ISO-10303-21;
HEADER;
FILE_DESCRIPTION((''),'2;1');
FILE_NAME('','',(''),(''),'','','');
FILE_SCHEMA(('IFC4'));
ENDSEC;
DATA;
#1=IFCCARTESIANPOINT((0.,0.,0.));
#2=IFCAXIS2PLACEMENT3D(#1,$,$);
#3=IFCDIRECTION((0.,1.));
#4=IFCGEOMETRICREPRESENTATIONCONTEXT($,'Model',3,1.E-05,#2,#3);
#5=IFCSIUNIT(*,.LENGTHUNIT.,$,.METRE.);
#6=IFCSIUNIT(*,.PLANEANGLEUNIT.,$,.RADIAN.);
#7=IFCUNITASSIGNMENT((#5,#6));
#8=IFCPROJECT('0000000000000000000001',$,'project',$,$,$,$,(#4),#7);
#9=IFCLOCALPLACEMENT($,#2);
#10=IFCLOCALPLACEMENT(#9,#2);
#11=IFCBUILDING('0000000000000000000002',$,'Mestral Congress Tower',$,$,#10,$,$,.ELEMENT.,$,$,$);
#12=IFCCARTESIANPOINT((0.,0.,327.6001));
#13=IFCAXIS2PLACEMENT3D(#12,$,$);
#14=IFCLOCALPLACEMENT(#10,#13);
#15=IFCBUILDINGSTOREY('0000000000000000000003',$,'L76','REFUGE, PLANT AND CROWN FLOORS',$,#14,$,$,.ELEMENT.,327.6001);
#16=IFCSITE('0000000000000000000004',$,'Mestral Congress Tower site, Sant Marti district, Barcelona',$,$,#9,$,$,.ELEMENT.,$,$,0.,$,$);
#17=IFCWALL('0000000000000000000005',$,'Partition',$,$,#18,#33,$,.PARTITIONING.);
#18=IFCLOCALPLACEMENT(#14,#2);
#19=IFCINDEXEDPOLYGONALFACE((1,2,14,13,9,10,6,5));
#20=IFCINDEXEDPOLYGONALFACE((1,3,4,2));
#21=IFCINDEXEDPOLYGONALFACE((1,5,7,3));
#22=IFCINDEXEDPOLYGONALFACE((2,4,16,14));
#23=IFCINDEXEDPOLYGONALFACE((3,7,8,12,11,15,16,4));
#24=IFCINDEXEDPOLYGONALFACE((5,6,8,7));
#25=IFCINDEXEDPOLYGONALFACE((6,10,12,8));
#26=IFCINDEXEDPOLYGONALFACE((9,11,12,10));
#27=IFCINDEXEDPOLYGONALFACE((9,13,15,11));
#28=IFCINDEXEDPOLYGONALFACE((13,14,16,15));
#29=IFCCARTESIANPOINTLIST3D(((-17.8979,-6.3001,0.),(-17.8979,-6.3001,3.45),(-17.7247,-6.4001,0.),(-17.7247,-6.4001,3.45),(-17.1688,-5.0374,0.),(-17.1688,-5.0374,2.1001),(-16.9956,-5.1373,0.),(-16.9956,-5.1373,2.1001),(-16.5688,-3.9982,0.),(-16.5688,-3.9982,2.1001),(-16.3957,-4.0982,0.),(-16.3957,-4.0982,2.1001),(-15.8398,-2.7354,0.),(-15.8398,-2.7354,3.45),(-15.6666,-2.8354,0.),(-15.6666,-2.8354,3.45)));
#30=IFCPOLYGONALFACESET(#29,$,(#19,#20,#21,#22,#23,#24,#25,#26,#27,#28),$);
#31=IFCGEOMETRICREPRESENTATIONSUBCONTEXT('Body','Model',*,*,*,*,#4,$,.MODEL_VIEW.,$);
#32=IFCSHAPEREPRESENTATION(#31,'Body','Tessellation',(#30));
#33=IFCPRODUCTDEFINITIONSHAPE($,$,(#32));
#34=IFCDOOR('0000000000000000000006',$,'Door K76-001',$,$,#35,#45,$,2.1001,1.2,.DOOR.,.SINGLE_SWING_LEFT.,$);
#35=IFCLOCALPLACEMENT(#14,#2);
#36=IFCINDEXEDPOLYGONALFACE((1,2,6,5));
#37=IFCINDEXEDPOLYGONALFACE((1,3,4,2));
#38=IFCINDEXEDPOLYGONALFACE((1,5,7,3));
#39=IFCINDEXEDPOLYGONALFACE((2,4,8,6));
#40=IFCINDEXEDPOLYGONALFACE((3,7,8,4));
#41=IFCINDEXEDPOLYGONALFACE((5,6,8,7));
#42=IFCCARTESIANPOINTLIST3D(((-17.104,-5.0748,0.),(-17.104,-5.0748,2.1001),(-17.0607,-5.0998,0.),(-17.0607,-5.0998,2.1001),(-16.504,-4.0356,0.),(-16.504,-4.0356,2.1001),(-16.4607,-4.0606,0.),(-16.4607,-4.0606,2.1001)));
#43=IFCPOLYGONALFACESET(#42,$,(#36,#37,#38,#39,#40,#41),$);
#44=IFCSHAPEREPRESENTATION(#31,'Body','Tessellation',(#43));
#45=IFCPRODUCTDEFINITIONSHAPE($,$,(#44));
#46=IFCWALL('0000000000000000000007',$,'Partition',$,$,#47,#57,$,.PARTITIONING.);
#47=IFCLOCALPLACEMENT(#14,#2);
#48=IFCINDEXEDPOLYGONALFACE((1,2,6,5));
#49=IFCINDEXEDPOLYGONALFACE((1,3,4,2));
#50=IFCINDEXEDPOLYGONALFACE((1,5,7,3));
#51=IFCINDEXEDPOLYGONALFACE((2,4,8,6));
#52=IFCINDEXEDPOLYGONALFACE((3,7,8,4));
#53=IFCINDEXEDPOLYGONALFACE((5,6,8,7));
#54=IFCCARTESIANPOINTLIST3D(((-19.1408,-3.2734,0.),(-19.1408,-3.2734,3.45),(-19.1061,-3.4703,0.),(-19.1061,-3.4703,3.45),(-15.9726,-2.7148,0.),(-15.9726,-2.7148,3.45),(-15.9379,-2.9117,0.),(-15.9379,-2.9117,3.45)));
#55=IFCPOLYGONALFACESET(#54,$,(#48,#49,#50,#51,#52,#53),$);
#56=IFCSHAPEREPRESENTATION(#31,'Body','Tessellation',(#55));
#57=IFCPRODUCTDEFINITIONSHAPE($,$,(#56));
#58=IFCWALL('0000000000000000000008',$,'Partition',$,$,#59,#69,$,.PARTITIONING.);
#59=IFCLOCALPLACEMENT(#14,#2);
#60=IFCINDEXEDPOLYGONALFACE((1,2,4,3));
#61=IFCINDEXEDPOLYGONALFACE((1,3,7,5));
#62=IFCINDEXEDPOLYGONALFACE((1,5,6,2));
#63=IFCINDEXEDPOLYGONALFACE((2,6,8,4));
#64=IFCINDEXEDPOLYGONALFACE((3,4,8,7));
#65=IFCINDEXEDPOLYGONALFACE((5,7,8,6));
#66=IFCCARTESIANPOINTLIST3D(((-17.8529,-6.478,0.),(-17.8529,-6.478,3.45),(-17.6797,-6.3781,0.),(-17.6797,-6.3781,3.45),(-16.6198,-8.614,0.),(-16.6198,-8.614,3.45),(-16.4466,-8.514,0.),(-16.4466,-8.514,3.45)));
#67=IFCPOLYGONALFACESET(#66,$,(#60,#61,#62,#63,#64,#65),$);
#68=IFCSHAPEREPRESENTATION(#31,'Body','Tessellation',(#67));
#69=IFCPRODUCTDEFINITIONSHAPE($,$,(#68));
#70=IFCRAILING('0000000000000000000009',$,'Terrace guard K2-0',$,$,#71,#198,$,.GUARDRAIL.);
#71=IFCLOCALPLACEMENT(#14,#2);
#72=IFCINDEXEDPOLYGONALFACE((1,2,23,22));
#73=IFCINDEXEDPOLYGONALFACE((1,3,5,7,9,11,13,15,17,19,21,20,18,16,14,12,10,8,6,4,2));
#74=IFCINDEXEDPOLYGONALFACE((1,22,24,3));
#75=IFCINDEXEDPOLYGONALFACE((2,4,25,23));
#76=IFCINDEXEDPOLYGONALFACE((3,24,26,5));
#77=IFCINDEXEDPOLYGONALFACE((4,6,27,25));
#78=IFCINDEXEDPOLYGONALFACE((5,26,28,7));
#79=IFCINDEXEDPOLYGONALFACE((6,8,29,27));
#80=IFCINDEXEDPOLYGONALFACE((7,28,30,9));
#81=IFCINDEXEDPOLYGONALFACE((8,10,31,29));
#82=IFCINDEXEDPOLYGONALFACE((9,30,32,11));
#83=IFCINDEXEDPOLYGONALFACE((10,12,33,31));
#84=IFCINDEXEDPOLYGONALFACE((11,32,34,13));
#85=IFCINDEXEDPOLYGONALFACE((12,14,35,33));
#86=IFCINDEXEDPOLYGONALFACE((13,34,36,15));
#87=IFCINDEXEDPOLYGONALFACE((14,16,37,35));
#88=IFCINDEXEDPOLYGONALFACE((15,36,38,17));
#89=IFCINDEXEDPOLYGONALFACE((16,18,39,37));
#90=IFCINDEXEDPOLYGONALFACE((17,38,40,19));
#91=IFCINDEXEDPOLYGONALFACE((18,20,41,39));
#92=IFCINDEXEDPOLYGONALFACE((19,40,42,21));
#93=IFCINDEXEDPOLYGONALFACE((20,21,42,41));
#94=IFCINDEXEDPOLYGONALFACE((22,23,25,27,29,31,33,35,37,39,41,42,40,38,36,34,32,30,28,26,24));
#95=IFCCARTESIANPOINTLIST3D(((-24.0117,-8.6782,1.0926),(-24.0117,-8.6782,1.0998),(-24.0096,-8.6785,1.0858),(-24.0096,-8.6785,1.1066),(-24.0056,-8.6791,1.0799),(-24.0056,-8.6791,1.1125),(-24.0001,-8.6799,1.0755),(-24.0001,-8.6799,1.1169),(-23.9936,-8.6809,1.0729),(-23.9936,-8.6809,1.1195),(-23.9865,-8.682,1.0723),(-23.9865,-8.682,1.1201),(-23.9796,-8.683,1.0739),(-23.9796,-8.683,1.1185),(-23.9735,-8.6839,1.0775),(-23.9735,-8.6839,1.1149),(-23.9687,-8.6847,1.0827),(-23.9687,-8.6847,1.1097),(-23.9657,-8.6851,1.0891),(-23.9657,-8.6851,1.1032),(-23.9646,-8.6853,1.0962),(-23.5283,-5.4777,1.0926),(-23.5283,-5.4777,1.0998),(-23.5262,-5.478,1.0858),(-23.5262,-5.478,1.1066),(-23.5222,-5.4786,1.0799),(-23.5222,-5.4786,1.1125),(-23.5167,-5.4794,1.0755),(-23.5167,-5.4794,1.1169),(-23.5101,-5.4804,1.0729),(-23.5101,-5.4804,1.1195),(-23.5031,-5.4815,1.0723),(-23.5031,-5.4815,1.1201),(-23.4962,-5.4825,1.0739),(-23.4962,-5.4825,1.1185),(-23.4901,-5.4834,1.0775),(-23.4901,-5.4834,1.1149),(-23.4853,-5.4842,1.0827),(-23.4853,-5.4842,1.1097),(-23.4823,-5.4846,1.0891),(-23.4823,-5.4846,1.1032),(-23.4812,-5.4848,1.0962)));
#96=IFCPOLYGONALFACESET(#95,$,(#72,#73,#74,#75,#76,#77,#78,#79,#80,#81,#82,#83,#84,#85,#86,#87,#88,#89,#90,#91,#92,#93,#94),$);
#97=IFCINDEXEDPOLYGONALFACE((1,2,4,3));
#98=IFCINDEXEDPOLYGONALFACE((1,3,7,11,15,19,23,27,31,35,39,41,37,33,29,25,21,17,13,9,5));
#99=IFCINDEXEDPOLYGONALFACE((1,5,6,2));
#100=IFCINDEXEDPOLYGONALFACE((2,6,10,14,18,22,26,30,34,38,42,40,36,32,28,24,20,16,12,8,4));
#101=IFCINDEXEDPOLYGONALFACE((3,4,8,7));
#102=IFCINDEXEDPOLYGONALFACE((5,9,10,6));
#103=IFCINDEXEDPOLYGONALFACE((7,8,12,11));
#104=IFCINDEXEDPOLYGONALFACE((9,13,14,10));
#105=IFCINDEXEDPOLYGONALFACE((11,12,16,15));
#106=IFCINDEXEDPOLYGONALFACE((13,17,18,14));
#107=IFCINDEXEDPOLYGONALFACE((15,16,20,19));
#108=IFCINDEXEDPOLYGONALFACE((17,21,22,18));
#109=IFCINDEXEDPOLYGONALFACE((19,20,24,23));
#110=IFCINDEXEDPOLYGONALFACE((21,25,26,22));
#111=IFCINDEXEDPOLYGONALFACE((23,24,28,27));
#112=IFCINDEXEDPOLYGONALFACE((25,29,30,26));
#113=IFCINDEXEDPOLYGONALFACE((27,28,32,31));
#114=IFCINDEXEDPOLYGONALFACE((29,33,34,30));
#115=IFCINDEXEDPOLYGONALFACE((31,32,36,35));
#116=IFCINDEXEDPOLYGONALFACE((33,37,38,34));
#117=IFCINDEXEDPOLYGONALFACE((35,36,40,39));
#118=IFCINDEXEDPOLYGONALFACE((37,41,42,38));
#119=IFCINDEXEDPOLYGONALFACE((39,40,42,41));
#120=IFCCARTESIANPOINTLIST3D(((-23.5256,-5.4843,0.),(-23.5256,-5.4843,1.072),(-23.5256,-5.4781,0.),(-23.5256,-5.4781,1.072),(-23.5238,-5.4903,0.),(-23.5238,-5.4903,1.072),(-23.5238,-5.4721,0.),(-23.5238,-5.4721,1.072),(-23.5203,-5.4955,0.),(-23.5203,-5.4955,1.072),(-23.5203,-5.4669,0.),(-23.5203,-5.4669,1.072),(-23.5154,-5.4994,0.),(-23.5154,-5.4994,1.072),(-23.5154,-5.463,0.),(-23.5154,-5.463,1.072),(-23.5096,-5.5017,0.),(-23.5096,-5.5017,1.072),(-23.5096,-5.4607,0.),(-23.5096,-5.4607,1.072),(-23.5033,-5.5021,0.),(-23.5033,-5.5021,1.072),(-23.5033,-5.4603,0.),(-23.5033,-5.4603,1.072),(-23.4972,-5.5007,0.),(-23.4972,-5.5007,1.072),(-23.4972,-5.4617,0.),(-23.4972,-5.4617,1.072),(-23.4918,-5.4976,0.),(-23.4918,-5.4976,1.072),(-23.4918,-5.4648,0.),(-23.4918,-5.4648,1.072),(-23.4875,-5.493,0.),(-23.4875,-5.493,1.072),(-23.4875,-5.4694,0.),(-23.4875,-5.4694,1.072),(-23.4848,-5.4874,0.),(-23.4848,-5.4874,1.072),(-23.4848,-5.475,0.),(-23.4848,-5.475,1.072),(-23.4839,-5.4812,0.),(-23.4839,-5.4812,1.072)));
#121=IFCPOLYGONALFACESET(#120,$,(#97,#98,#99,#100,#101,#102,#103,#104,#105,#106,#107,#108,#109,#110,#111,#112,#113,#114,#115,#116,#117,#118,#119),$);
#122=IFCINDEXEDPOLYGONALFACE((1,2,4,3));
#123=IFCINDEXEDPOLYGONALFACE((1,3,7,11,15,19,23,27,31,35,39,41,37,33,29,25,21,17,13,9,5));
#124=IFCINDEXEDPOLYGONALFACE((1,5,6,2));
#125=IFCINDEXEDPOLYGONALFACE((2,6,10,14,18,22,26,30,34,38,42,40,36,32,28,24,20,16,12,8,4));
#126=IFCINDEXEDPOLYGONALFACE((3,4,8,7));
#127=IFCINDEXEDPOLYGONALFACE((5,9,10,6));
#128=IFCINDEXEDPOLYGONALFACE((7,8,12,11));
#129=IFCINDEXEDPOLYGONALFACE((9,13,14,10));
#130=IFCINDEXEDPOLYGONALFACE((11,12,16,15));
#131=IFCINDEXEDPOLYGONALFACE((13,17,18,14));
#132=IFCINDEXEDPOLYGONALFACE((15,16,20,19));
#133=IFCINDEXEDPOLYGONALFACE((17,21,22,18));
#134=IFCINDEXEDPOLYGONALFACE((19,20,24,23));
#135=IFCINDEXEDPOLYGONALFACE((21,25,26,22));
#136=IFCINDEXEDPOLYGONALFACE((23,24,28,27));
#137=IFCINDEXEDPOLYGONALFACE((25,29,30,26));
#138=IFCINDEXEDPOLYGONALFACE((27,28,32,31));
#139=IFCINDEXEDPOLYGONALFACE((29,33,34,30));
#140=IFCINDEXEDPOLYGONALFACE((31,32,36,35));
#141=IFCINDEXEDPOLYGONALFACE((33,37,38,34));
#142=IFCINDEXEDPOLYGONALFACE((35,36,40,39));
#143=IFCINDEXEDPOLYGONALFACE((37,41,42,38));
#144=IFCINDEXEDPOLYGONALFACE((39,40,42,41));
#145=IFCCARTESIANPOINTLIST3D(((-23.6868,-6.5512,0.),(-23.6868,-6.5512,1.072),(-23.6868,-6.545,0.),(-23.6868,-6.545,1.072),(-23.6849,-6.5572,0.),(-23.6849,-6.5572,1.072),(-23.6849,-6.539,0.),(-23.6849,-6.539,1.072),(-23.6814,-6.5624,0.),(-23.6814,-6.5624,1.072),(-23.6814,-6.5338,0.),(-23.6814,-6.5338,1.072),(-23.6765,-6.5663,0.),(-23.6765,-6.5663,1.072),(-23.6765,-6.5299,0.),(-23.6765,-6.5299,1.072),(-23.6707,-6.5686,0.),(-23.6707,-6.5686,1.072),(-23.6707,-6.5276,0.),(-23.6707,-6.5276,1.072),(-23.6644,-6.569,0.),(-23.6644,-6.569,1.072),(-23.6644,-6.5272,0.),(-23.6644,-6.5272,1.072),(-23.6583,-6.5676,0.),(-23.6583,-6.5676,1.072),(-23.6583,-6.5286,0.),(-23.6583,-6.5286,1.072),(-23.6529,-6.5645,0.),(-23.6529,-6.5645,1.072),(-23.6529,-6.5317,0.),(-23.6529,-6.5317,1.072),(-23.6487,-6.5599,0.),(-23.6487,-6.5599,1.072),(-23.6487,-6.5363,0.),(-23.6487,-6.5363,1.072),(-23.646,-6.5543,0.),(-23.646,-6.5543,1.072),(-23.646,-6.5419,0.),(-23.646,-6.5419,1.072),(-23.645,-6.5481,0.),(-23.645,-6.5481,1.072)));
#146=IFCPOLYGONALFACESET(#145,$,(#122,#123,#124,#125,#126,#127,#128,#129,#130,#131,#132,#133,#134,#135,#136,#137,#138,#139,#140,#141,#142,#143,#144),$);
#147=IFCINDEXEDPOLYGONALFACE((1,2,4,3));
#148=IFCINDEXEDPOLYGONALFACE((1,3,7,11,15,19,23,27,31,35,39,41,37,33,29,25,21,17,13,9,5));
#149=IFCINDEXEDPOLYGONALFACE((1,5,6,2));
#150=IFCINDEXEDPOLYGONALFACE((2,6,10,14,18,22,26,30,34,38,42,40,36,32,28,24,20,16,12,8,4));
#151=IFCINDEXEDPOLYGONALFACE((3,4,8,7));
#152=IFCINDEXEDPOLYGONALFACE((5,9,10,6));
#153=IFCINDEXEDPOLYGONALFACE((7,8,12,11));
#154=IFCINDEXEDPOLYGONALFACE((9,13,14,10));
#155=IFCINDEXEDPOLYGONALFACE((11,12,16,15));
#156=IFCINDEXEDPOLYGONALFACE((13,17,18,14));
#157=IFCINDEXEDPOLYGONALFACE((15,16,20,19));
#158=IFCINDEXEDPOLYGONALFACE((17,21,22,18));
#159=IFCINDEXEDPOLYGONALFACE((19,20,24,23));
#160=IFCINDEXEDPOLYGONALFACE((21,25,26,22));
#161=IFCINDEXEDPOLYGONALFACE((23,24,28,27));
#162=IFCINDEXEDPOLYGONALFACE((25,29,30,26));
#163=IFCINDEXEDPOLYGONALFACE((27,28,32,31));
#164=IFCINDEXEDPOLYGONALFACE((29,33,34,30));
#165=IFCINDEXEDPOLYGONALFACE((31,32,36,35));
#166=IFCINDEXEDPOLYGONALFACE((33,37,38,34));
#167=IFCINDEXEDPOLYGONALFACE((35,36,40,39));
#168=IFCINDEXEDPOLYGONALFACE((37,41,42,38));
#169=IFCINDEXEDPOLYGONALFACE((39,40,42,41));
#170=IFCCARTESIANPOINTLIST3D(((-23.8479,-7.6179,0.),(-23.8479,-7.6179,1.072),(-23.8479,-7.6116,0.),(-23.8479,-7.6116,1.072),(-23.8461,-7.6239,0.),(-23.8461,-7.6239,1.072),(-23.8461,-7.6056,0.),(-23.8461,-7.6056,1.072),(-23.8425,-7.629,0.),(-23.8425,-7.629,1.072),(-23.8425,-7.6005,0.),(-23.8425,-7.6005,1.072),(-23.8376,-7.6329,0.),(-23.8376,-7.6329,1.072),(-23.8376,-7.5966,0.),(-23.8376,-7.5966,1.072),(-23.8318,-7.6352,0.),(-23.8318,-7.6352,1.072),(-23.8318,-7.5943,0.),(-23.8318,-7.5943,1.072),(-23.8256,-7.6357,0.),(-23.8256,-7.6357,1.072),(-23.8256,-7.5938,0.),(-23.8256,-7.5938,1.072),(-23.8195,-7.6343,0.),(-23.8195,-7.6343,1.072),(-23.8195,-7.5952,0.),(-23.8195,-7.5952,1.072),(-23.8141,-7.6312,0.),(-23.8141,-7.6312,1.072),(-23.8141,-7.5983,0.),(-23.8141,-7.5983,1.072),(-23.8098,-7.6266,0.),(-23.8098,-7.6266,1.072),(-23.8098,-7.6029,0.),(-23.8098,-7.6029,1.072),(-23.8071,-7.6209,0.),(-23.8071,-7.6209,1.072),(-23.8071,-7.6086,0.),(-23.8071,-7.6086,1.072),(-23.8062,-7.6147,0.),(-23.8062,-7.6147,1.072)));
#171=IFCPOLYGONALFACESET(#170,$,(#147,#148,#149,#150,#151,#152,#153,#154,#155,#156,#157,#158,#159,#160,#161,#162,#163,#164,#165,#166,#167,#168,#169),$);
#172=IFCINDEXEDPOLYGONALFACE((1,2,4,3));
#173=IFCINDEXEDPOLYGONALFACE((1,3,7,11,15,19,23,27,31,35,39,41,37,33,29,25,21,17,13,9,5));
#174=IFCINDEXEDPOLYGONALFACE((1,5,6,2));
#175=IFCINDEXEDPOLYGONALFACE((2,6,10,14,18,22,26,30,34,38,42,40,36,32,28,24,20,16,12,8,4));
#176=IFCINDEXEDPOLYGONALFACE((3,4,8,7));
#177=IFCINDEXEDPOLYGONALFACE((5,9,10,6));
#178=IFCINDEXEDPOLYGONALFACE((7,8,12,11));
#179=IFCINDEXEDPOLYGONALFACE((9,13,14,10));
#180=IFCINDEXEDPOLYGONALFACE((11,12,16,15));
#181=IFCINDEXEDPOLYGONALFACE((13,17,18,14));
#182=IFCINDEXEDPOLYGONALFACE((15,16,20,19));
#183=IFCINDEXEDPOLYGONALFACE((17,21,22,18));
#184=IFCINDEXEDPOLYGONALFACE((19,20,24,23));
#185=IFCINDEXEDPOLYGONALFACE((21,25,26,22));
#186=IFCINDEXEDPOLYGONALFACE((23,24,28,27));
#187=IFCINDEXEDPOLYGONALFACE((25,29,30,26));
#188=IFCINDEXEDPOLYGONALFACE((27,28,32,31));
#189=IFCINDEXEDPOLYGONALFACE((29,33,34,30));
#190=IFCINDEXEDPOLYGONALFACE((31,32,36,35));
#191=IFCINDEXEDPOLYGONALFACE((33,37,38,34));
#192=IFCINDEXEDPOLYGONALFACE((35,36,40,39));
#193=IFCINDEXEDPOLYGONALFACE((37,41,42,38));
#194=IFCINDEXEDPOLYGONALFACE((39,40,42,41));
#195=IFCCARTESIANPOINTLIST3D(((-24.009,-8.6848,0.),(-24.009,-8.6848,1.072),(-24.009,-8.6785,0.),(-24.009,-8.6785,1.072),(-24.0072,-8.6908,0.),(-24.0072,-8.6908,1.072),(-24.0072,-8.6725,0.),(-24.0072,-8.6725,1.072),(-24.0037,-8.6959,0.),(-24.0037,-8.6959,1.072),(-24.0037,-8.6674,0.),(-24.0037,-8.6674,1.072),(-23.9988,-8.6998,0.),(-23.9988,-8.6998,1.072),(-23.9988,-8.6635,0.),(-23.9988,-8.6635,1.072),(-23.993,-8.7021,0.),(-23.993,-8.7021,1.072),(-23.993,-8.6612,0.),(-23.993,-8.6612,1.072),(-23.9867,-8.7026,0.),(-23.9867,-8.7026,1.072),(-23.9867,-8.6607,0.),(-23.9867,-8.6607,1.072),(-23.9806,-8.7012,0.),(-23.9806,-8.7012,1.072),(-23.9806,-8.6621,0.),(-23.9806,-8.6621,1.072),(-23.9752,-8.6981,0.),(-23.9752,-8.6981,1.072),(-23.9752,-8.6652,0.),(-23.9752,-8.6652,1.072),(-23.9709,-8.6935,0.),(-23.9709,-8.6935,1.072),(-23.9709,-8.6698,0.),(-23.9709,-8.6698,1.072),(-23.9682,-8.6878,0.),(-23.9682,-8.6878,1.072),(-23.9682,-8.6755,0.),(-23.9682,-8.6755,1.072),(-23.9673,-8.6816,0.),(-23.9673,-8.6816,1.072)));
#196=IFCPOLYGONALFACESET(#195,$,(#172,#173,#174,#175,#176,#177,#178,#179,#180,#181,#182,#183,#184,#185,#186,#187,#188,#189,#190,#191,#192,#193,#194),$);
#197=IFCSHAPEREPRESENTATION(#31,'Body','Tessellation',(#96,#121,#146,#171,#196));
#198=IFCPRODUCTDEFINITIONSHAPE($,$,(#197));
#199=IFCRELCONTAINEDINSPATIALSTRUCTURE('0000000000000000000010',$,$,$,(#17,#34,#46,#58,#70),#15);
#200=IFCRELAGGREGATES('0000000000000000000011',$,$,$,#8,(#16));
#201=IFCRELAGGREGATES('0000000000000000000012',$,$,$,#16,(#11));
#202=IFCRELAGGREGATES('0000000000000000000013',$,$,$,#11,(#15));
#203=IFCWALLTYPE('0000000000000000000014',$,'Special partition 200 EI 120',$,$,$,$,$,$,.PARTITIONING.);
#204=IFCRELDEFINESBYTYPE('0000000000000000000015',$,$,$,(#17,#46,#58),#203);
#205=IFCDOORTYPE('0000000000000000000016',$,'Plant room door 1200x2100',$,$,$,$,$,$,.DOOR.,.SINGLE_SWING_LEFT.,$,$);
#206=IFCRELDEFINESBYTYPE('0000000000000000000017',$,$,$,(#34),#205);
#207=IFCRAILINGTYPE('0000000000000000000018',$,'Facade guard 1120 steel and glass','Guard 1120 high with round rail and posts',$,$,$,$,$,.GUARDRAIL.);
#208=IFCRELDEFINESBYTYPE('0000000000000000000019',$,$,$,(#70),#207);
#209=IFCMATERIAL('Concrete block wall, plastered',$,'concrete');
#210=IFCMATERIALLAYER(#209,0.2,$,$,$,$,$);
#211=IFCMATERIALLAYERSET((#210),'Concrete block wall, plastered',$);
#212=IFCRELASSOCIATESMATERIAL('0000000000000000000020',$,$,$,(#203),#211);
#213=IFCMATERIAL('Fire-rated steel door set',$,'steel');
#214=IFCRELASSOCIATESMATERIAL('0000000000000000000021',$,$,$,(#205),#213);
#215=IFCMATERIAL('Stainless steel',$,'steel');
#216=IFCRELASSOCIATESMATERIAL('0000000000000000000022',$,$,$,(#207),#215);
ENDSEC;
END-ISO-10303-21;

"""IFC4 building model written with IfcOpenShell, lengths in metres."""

from ifc_helpers import new_model, si_unit, direction, frame, frame_2d, origin, origin_2d, place, context, subcontext, project, spatial, rectangle, circle, extrude, material, layer, layer_set, type_object, element, fill, save


model = new_model("IFC4")

# Units and contexts
model_context = context("Model", 3, precision=1e-05, world=origin(), true_north=direction((0.0, 1.0)))
body_context = subcontext(model_context, "Body", "Model", "MODEL_VIEW")
ifc_project = project(units=[si_unit("LENGTHUNIT", "METRE"), si_unit("PLANEANGLEUNIT", "RADIAN")], contexts=[model_context])

# Site, building, storey
site_placement = place(None, origin())
site = spatial("IfcSite", under=ifc_project, at=site_placement, Name="Mestral Congress Tower site, Sant Marti district, Barcelona", CompositionType="ELEMENT", RefElevation=0.0)
building_placement = place(site_placement, origin())
building = spatial("IfcBuilding", under=site, at=building_placement, Name="Mestral Congress Tower", CompositionType="ELEMENT")
storey_placement = place(building_placement, frame((0.0, 0.0, 327.6001)))
storey = spatial("IfcBuildingStorey", under=building, at=storey_placement, Name="L76", Description="REFUGE, PLANT AND CROWN FLOORS", CompositionType="ELEMENT", Elevation=327.6001)

# Wall, opening, door
ifc_material_1 = material(Name="Concrete block wall, plastered", Category="concrete")
ifc_layer_1 = layer(ifc_material_1, 0.2)
ifc_layer_set_1 = layer_set([ifc_layer_1], Name="Concrete block wall, plastered")
wall_type_1 = type_object("IfcWallType", Name="Special partition 200 EI 120", PredefinedType="PARTITIONING", material=ifc_layer_set_1)
wall_1_placement = place(storey_placement, frame((-15.7532, -2.7854, 0.0), z_axis=(0.0, 0.0, 1.0), x_axis=(-0.500005, -0.866023, 0.0)))
wall_1 = element("IfcWall", 1, at=wall_1_placement, inside=storey, type_object=wall_type_1, Name="Partition", PredefinedType="PARTITIONING", context=body_context, shape_type="SweptSolid", body=[
    extrude(rectangle(XDim=4.1162, YDim=0.2, at=frame_2d((2.0581, 0.0))), origin(), (0.0, 0.0, 1.0), 3.45),
])
opening_placement = place(wall_1_placement, frame((1.458, 0.0, 0.0)))
opening = element("IfcOpeningElement", 2, at=opening_placement, cuts=wall_1, PredefinedType="OPENING", context=body_context, shape_type="SweptSolid", body=[
    extrude(rectangle(XDim=1.2, YDim=2.1001, at=frame_2d((0.6001, 1.05))), frame((0.0, 0.1099, 0.0), z_axis=(0.0, -1.0, 0.0), x_axis=(1.0, 0.0, 0.0)), (0.0, 0.0, 1.0), 0.22),
])
ifc_material_2 = material(Name="Fire-rated steel door set", Category="steel")
door_type = type_object("IfcDoorType", Name="Plant room door 1200x2100", OperationType="SINGLE_SWING_LEFT", PredefinedType="DOOR", material=ifc_material_2)
door_placement = place(opening_placement, origin())
door = element("IfcDoor", 3, at=door_placement, inside=storey, type_object=door_type, Name="Door K76-001", OperationType="SINGLE_SWING_LEFT", OverallHeight=2.1001, OverallWidth=1.2, PredefinedType="DOOR", context=body_context, shape_type="SweptSolid", body=[
    extrude(rectangle(XDim=1.2, YDim=2.1001, at=frame_2d((0.6001, 1.05))), frame((0.0, 0.0249, 0.0), z_axis=(0.0, -1.0, 0.0), x_axis=(1.0, 0.0, 0.0)), (0.0, 0.0, 1.0), 0.05),
])
fill(opening, door)

# Walls
wall_2_placement = place(storey_placement, frame((-19.1233, -3.3718, 0.0), z_axis=(0.0, 0.0, 1.0), x_axis=(0.98481, 0.173634, 0.0)))
element("IfcWall", 4, at=wall_2_placement, inside=storey, type_object=wall_type_1, Name="Partition", PredefinedType="PARTITIONING", context=body_context, shape_type="SweptSolid", body=[
    extrude(rectangle(XDim=3.217, YDim=0.2, at=frame_2d((1.6084, 0.0))), origin(), (0.0, 0.0, 1.0), 3.45),
])
wall_3_placement = place(storey_placement, frame((-16.5332, -8.564, 0.0), z_axis=(0.0, 0.0, 1.0), x_axis=(-0.499982, 0.866036, 0.0)))
element("IfcWall", 5, at=wall_3_placement, inside=storey, type_object=wall_type_1, Name="Partition", PredefinedType="PARTITIONING", context=body_context, shape_type="SweptSolid", body=[
    extrude(rectangle(XDim=2.4663, YDim=0.2, at=frame_2d((1.2332, 0.0))), origin(), (0.0, 0.0, 1.0), 3.45),
])

# Railing
ifc_material_3 = material(Name="Stainless steel", Category="steel")
railing_type = type_object("IfcRailingType", Name="Facade guard 1120 steel and glass", Description="Guard 1120 high with round rail and posts", PredefinedType="GUARDRAIL", material=ifc_material_3)
railing_placement = place(storey_placement, frame((-23.5049, -5.4812, 0.0)))
element("IfcRailing", 6, at=railing_placement, inside=storey, type_object=railing_type, Name="Terrace guard K2-0", PredefinedType="GUARDRAIL", context=body_context, shape_type="SweptSolid", body=[
    extrude(circle(Radius=0.0239, at=origin_2d()), frame((0.0, 0.0, 1.0962), z_axis=(-0.149347, -0.988785, 0.0), x_axis=(0.988785, -0.149347, 0.0)), (0.0, 0.0, 1.0), 3.2368),
    extrude(circle(Radius=0.021, at=origin_2d()), origin(), (0.0, 0.0, 1.0), 1.072),
    extrude(circle(Radius=0.021, at=origin_2d()), frame((-0.1611, -1.0669, 0.0)), (0.0, 0.0, 1.0), 1.072),
    extrude(circle(Radius=0.021, at=origin_2d()), frame((-0.3223, -2.1335, 0.0)), (0.0, 0.0, 1.0), 1.072),
    extrude(circle(Radius=0.021, at=origin_2d()), frame((-0.4834, -3.2004, 0.0)), (0.0, 0.0, 1.0), 1.072),
])

save(model, "model.ifc")
